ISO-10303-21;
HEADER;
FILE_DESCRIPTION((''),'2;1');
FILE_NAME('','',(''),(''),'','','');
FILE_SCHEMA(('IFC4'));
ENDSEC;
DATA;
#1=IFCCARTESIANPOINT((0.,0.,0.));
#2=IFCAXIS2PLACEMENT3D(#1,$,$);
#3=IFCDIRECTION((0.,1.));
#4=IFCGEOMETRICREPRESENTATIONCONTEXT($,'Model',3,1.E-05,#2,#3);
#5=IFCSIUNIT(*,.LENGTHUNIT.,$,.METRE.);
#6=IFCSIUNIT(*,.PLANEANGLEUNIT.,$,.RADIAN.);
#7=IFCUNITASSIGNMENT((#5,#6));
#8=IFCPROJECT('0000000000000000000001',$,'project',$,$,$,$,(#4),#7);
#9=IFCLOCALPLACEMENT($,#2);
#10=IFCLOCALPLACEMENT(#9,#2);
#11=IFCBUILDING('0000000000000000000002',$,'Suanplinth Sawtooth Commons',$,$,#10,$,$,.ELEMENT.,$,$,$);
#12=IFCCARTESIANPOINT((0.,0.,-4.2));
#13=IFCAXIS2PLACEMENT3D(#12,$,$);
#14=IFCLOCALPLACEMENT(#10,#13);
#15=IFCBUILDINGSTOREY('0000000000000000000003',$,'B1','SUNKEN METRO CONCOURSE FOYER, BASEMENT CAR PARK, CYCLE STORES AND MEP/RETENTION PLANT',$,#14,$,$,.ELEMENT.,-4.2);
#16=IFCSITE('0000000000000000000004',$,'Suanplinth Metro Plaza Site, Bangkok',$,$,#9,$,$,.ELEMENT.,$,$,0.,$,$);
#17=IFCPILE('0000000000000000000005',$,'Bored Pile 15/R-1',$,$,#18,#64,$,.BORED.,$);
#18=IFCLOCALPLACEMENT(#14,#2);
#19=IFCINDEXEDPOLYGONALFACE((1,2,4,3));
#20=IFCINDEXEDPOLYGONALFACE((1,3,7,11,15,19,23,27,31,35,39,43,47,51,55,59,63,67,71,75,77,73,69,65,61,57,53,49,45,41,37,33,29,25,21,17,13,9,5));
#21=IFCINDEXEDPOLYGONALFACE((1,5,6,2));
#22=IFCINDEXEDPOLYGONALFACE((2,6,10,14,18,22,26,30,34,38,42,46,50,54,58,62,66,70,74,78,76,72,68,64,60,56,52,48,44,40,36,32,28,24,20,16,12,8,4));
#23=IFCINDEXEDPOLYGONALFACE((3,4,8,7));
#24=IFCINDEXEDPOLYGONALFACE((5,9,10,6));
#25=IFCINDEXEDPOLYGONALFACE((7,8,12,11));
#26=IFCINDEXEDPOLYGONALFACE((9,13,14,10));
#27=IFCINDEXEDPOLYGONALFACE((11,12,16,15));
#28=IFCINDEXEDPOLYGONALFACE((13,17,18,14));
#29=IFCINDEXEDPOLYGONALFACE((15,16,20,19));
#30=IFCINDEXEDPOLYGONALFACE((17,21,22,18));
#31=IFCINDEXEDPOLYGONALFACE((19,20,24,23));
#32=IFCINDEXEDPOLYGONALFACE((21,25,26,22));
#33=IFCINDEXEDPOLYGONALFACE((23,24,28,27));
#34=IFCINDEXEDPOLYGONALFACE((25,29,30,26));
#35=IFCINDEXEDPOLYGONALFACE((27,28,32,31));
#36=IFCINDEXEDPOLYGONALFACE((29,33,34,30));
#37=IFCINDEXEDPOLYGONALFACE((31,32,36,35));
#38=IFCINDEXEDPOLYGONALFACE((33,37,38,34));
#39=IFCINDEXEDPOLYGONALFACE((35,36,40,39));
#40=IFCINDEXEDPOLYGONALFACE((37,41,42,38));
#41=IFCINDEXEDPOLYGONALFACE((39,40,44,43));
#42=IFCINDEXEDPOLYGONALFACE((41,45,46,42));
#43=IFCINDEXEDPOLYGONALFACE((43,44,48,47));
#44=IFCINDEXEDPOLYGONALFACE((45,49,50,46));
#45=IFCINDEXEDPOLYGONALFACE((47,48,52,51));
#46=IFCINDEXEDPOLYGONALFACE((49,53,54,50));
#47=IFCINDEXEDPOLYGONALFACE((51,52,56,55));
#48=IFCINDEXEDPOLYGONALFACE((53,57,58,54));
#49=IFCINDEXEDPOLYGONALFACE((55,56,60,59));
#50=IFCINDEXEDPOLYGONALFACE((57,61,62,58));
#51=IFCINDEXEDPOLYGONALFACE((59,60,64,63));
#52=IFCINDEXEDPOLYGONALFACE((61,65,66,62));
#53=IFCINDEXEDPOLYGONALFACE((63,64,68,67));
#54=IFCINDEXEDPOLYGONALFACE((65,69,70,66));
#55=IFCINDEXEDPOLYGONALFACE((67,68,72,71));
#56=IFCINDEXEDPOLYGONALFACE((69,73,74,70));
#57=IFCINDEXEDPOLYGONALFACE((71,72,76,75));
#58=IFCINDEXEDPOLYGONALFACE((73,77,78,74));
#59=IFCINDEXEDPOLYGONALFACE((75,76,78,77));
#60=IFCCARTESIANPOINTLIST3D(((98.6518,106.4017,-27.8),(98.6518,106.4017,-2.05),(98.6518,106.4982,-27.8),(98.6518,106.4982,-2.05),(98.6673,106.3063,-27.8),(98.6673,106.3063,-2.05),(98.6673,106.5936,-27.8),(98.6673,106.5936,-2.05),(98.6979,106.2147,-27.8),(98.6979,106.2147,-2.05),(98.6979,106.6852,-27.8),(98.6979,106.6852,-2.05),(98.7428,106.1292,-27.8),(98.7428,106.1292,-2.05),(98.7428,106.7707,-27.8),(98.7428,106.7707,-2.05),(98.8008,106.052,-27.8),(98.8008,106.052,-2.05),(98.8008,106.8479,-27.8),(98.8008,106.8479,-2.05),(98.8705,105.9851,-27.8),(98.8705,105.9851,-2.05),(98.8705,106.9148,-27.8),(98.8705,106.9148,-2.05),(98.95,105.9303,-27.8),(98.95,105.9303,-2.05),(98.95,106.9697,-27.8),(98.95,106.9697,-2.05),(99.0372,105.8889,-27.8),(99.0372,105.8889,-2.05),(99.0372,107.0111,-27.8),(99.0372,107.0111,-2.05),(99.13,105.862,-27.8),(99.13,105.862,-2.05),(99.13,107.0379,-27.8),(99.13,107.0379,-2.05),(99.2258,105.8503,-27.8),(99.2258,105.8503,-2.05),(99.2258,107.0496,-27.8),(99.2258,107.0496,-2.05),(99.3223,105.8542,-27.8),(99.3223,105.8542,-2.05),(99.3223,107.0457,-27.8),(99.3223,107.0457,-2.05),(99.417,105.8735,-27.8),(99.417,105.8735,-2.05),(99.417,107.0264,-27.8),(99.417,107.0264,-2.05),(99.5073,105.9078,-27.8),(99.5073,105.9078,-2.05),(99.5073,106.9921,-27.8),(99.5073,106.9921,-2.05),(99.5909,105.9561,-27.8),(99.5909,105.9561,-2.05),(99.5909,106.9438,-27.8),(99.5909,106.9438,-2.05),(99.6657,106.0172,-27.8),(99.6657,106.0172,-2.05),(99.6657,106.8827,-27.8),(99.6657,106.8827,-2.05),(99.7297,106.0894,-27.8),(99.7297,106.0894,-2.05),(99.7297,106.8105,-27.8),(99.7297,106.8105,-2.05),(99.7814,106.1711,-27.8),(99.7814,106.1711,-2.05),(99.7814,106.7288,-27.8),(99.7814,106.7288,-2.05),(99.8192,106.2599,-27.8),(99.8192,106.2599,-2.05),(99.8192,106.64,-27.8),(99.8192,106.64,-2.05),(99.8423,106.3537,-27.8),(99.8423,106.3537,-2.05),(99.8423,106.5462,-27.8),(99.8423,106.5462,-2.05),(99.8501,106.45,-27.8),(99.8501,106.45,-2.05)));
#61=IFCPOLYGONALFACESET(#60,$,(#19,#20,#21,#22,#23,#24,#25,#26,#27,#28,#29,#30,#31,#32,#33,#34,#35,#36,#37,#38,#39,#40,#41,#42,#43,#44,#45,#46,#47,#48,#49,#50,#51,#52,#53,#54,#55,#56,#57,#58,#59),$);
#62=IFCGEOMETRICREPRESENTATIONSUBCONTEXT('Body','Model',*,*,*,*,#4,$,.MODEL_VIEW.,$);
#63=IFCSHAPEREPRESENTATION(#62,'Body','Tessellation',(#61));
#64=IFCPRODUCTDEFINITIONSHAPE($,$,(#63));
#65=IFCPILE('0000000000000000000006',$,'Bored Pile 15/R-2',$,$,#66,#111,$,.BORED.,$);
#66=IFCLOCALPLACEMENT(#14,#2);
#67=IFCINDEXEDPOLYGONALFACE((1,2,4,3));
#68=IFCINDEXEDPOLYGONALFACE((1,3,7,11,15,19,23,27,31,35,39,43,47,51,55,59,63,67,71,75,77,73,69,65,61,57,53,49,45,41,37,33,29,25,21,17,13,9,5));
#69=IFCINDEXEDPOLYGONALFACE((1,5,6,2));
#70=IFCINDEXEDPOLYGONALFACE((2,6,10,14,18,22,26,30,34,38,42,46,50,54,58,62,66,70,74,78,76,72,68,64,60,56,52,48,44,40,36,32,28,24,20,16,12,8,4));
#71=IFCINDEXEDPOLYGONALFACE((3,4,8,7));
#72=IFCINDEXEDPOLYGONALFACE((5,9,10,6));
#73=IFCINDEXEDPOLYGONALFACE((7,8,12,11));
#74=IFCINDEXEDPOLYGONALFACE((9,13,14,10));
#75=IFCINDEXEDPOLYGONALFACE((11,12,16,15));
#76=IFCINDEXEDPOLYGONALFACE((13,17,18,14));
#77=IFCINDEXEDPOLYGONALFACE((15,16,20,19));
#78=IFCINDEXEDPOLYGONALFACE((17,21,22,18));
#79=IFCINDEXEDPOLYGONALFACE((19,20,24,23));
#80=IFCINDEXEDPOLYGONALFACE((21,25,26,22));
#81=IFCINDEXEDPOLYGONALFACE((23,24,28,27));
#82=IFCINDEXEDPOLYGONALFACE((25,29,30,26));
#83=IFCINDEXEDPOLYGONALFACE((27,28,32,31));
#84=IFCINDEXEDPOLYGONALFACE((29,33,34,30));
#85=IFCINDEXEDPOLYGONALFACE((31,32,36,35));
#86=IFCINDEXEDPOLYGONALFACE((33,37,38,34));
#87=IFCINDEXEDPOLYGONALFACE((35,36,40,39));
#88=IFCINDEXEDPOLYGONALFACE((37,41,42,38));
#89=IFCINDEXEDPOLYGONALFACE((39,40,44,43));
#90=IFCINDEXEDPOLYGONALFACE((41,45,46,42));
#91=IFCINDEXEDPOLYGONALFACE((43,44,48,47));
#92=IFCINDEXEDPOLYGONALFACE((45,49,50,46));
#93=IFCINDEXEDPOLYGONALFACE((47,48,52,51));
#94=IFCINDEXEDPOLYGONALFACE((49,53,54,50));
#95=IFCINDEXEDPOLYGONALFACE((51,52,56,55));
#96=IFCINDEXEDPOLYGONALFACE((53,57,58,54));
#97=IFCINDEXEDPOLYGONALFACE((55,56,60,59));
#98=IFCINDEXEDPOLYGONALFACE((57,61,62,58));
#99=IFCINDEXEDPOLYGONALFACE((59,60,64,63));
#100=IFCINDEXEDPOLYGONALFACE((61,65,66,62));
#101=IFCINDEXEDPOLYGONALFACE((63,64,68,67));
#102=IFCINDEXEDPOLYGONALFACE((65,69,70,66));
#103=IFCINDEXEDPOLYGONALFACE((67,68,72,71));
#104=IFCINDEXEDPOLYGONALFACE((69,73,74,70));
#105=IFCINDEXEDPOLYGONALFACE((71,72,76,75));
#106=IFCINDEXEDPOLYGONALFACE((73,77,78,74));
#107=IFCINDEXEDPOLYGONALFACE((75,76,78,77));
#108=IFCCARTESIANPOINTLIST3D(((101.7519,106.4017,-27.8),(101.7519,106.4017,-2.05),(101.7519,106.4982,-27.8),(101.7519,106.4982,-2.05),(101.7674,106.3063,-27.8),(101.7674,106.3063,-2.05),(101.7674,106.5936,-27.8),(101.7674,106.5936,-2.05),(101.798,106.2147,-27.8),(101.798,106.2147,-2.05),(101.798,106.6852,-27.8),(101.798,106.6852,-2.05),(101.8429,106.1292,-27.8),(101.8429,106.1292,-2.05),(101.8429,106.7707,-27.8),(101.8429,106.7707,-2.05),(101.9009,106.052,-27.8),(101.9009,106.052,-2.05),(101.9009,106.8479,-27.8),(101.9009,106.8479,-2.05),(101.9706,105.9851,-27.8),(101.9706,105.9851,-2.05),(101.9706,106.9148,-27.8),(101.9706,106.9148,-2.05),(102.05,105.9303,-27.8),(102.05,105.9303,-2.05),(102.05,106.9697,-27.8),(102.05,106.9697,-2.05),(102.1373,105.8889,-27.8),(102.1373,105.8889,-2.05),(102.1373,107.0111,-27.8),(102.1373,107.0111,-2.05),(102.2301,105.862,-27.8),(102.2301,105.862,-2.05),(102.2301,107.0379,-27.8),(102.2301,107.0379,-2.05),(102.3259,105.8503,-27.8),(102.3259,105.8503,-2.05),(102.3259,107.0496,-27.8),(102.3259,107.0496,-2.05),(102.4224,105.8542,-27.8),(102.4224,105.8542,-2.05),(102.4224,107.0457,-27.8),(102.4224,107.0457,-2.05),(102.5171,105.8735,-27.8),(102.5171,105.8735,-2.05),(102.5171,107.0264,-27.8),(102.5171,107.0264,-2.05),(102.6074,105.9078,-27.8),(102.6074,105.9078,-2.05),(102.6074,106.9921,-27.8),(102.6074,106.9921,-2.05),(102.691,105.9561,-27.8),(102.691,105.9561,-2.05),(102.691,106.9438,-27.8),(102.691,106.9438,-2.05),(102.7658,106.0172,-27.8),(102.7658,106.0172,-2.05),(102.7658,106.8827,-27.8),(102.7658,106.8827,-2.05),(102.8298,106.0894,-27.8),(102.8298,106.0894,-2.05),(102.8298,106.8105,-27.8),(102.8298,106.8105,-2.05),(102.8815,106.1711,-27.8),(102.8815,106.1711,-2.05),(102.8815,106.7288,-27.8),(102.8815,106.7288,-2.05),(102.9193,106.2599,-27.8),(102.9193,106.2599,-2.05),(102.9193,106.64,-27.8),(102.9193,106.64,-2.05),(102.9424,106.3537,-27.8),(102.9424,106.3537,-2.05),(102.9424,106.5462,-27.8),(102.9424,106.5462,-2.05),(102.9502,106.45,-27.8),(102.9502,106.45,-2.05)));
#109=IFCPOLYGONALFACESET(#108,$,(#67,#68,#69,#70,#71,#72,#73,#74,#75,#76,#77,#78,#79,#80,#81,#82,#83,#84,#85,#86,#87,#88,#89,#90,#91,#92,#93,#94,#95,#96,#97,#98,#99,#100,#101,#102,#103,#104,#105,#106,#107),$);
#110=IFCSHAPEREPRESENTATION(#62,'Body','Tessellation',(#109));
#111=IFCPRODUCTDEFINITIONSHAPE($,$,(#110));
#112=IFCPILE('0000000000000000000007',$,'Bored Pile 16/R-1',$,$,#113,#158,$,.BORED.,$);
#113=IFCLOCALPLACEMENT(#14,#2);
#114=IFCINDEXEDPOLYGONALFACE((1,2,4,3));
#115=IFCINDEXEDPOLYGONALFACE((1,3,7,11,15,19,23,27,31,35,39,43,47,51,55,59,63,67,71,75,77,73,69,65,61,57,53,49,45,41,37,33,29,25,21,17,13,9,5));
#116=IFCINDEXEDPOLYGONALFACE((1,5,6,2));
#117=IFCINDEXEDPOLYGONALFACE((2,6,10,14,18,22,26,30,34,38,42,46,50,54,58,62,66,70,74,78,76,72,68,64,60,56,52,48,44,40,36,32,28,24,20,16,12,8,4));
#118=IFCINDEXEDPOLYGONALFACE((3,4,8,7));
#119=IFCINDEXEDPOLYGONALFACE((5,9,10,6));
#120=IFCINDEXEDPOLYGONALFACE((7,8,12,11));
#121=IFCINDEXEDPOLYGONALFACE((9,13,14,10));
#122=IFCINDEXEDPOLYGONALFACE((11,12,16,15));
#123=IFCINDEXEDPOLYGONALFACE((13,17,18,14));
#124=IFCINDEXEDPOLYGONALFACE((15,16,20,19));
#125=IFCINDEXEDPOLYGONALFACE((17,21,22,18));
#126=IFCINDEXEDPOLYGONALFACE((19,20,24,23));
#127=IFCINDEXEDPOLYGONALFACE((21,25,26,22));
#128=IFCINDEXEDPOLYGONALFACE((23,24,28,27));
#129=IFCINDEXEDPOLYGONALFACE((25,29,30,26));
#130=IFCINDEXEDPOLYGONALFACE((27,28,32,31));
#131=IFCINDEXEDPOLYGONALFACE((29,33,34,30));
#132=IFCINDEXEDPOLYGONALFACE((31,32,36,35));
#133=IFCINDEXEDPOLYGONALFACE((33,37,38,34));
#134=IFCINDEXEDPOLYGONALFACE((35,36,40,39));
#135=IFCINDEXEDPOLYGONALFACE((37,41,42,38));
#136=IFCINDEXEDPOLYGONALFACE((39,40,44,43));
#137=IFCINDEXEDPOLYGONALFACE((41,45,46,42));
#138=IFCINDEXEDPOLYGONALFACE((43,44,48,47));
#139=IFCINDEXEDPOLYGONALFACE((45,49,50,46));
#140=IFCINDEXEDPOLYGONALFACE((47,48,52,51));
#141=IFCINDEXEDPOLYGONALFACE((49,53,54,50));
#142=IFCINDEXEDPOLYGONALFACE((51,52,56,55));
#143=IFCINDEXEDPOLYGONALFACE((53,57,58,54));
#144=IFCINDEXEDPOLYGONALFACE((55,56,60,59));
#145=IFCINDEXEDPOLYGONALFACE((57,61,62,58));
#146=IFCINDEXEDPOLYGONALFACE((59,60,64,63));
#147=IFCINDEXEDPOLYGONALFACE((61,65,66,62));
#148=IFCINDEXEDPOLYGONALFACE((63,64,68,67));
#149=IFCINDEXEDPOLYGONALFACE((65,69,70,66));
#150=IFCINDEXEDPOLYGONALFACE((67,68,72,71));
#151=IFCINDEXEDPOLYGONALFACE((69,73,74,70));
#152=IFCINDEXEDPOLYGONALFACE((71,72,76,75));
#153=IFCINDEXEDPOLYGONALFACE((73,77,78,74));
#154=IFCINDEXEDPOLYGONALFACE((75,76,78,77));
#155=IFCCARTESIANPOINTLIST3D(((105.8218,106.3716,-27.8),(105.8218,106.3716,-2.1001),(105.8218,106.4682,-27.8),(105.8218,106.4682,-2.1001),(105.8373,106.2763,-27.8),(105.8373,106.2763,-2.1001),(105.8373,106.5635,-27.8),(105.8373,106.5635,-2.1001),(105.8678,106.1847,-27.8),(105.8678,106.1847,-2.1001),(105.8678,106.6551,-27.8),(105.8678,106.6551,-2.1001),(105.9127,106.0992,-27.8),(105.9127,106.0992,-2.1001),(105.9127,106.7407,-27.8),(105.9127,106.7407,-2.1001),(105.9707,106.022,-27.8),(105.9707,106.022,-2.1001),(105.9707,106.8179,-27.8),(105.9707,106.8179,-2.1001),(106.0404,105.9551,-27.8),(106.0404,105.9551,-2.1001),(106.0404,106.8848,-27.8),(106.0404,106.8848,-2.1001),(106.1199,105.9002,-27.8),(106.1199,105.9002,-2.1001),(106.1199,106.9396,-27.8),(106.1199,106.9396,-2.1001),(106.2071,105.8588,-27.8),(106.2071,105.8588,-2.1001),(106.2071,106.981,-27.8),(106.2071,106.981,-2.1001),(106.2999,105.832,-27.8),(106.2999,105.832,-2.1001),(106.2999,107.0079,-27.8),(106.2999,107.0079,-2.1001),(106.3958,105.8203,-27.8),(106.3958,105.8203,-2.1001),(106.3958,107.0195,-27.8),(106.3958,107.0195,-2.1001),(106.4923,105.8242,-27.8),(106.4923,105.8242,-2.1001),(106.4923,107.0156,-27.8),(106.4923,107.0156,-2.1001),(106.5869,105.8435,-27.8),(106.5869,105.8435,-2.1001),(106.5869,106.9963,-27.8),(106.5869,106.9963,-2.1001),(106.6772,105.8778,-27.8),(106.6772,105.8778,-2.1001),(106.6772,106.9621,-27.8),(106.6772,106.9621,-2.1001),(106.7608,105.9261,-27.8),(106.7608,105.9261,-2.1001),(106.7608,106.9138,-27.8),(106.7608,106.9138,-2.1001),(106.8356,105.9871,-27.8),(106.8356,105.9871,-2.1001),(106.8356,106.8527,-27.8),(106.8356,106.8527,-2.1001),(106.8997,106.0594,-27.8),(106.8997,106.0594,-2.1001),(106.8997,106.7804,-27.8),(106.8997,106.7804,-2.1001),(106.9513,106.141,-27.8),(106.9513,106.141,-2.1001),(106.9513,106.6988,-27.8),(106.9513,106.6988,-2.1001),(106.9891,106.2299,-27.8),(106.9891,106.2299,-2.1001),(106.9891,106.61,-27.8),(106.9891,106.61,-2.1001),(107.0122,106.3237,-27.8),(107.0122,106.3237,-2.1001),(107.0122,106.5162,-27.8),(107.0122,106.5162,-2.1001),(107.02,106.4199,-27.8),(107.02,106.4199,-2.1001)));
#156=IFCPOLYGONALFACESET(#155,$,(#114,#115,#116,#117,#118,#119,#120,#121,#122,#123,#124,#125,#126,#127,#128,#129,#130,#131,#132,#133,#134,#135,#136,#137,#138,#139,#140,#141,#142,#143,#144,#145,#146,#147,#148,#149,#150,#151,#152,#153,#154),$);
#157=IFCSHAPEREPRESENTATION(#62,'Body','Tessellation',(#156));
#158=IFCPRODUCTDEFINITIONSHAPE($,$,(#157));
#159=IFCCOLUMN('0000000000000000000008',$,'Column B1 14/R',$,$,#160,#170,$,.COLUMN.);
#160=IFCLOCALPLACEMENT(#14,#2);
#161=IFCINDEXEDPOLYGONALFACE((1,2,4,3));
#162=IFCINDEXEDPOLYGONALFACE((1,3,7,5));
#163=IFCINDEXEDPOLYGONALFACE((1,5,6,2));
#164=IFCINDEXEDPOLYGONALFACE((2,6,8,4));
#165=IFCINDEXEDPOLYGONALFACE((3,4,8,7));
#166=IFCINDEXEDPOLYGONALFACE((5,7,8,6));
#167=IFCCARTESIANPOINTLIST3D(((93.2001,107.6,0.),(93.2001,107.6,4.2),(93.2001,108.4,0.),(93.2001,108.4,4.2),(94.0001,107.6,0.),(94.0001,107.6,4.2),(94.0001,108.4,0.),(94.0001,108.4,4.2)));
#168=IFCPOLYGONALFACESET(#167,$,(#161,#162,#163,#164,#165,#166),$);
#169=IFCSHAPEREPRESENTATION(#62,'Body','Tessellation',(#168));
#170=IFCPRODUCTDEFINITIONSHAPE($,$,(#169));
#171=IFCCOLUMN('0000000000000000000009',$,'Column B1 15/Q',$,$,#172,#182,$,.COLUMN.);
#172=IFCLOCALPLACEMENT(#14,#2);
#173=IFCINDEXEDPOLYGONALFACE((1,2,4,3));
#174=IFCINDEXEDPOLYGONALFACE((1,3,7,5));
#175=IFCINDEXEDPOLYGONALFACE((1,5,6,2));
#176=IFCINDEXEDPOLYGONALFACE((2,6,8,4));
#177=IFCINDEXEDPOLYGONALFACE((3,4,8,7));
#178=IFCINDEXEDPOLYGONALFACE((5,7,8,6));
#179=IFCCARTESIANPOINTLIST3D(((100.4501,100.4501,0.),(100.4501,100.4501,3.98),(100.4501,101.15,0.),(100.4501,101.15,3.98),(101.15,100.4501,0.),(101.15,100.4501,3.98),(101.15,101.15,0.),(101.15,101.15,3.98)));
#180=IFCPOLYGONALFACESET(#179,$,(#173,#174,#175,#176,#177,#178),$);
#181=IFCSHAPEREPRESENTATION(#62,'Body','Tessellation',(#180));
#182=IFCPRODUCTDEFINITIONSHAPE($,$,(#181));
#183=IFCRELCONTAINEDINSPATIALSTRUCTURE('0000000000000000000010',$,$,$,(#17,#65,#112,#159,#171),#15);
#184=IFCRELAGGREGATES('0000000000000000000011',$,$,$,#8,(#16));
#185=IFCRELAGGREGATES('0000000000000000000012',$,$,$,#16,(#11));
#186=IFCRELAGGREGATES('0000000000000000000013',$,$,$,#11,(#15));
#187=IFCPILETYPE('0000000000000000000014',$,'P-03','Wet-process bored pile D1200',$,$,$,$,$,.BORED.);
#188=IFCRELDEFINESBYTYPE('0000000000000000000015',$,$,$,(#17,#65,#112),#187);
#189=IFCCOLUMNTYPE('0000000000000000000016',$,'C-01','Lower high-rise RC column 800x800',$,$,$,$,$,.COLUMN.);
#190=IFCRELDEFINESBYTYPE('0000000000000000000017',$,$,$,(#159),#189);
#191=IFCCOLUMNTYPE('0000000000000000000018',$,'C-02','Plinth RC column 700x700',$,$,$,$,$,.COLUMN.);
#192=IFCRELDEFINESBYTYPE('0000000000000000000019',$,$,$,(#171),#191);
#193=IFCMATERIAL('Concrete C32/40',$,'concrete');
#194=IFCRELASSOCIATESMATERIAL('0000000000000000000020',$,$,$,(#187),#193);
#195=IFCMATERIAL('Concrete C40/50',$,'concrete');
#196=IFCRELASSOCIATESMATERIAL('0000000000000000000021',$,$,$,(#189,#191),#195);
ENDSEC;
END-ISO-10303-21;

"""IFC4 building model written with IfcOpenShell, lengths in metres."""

from ifc_helpers import new_model, si_unit, direction, frame, origin, origin_2d, place, context, subcontext, project, spatial, rectangle, circle, extrude, material, material_profile, profile_set, type_object, element, save


model = new_model("IFC4")

# Units and contexts
model_context = context("Model", 3, precision=1e-05, world=origin(), true_north=direction((0.0, 1.0)))
body_context = subcontext(model_context, "Body", "Model", "MODEL_VIEW")
ifc_project = project(units=[si_unit("LENGTHUNIT", "METRE"), si_unit("PLANEANGLEUNIT", "RADIAN")], contexts=[model_context])

# Site, building, storey
site_placement = place(None, origin())
site = spatial("IfcSite", under=ifc_project, at=site_placement, Name="Suanplinth Metro Plaza Site, Bangkok", CompositionType="ELEMENT", RefElevation=0.0)
building_placement = place(site_placement, origin())
building = spatial("IfcBuilding", under=site, at=building_placement, Name="Suanplinth Sawtooth Commons", CompositionType="ELEMENT")
storey_placement = place(building_placement, frame((0.0, 0.0, -4.2)))
storey = spatial("IfcBuildingStorey", under=building, at=storey_placement, Name="B1", Description="SUNKEN METRO CONCOURSE FOYER, BASEMENT CAR PARK, CYCLE STORES AND MEP/RETENTION PLANT", CompositionType="ELEMENT", Elevation=-4.2)

# Piles
ifc_material_1 = material(Name="Concrete C32/40", Category="concrete")
ifc_material_profile_1 = material_profile(ifc_material_1, circle(Radius=0.6001, at=origin_2d()), Name="PILE D1200")
ifc_profile_set_1 = profile_set([ifc_material_profile_1], Name="Concrete C32/40")
pile_type_1 = type_object("IfcPileType", Name="P-03", Description="Wet-process bored pile D1200", PredefinedType="BORED", material=ifc_profile_set_1)
for number, where, z_axis, x_axis, name in (
    (1, (99.25, 106.45, -2.05), (0.0, 0.0, -1.0), (1.0, 0.0, 0.0), "Bored Pile 15/R-1"),
    (2, (102.3501, 106.45, -2.05), (0.0, 0.0, -1.0), (1.0, 0.0, 0.0), "Bored Pile 15/R-2"),
):
    element("IfcPile", number, at=place(storey_placement, frame(where, z_axis=z_axis, x_axis=x_axis)), inside=storey, type_object=pile_type_1, Name=name, PredefinedType="BORED", context=body_context, shape_type="SweptSolid", body=[
        extrude(circle(Radius=0.6001, at=origin_2d()), origin(), (0.0, 0.0, 1.0), 25.75),
    ])
pile_1_placement = place(storey_placement, frame((106.4199, 106.4199, -2.1001), z_axis=(0.0, 0.0, -1.0), x_axis=(1.0, 0.0, 0.0)))
element("IfcPile", 3, at=pile_1_placement, inside=storey, type_object=pile_type_1, Name="Bored Pile 16/R-1", PredefinedType="BORED", context=body_context, shape_type="SweptSolid", body=[
    extrude(circle(Radius=0.6001, at=origin_2d()), origin(), (0.0, 0.0, 1.0), 25.7),
])

# Columns
ifc_material_2 = material(Name="Concrete C40/50", Category="concrete")
ifc_material_profile_2 = material_profile(ifc_material_2, rectangle(XDim=0.8, YDim=0.8, at=origin_2d()), Name="RC-COL 800x800")
ifc_profile_set_2 = profile_set([ifc_material_profile_2], Name="Concrete C40/50")
column_type_1 = type_object("IfcColumnType", Name="C-01", Description="Lower high-rise RC column 800x800", PredefinedType="COLUMN", material=ifc_profile_set_2)
column_1_placement = place(storey_placement, frame((93.6001, 108.0, 0.0), z_axis=(0.0, 0.0, 1.0), x_axis=(1.0, 0.0, 0.0)))
element("IfcColumn", 4, at=column_1_placement, inside=storey, type_object=column_type_1, Name="Column B1 14/R", PredefinedType="COLUMN", context=body_context, shape_type="SweptSolid", body=[
    extrude(rectangle(XDim=0.8, YDim=0.8, at=origin_2d()), origin(), (0.0, 0.0, 1.0), 4.2),
])
ifc_material_profile_3 = material_profile(ifc_material_2, rectangle(XDim=0.7, YDim=0.7, at=origin_2d()), Name="RC-COL 700x700")
ifc_profile_set_3 = profile_set([ifc_material_profile_3], Name="Concrete C40/50")
column_type_2 = type_object("IfcColumnType", Name="C-02", Description="Plinth RC column 700x700", PredefinedType="COLUMN", material=ifc_profile_set_3)
column_2_placement = place(storey_placement, frame((100.8, 100.8, 0.0), z_axis=(0.0, 0.0, 1.0), x_axis=(1.0, 0.0, 0.0)))
element("IfcColumn", 5, at=column_2_placement, inside=storey, type_object=column_type_2, Name="Column B1 15/Q", PredefinedType="COLUMN", context=body_context, shape_type="SweptSolid", body=[
    extrude(rectangle(XDim=0.7, YDim=0.7, at=origin_2d()), origin(), (0.0, 0.0, 1.0), 3.98),
])

save(model, "model.ifc")
